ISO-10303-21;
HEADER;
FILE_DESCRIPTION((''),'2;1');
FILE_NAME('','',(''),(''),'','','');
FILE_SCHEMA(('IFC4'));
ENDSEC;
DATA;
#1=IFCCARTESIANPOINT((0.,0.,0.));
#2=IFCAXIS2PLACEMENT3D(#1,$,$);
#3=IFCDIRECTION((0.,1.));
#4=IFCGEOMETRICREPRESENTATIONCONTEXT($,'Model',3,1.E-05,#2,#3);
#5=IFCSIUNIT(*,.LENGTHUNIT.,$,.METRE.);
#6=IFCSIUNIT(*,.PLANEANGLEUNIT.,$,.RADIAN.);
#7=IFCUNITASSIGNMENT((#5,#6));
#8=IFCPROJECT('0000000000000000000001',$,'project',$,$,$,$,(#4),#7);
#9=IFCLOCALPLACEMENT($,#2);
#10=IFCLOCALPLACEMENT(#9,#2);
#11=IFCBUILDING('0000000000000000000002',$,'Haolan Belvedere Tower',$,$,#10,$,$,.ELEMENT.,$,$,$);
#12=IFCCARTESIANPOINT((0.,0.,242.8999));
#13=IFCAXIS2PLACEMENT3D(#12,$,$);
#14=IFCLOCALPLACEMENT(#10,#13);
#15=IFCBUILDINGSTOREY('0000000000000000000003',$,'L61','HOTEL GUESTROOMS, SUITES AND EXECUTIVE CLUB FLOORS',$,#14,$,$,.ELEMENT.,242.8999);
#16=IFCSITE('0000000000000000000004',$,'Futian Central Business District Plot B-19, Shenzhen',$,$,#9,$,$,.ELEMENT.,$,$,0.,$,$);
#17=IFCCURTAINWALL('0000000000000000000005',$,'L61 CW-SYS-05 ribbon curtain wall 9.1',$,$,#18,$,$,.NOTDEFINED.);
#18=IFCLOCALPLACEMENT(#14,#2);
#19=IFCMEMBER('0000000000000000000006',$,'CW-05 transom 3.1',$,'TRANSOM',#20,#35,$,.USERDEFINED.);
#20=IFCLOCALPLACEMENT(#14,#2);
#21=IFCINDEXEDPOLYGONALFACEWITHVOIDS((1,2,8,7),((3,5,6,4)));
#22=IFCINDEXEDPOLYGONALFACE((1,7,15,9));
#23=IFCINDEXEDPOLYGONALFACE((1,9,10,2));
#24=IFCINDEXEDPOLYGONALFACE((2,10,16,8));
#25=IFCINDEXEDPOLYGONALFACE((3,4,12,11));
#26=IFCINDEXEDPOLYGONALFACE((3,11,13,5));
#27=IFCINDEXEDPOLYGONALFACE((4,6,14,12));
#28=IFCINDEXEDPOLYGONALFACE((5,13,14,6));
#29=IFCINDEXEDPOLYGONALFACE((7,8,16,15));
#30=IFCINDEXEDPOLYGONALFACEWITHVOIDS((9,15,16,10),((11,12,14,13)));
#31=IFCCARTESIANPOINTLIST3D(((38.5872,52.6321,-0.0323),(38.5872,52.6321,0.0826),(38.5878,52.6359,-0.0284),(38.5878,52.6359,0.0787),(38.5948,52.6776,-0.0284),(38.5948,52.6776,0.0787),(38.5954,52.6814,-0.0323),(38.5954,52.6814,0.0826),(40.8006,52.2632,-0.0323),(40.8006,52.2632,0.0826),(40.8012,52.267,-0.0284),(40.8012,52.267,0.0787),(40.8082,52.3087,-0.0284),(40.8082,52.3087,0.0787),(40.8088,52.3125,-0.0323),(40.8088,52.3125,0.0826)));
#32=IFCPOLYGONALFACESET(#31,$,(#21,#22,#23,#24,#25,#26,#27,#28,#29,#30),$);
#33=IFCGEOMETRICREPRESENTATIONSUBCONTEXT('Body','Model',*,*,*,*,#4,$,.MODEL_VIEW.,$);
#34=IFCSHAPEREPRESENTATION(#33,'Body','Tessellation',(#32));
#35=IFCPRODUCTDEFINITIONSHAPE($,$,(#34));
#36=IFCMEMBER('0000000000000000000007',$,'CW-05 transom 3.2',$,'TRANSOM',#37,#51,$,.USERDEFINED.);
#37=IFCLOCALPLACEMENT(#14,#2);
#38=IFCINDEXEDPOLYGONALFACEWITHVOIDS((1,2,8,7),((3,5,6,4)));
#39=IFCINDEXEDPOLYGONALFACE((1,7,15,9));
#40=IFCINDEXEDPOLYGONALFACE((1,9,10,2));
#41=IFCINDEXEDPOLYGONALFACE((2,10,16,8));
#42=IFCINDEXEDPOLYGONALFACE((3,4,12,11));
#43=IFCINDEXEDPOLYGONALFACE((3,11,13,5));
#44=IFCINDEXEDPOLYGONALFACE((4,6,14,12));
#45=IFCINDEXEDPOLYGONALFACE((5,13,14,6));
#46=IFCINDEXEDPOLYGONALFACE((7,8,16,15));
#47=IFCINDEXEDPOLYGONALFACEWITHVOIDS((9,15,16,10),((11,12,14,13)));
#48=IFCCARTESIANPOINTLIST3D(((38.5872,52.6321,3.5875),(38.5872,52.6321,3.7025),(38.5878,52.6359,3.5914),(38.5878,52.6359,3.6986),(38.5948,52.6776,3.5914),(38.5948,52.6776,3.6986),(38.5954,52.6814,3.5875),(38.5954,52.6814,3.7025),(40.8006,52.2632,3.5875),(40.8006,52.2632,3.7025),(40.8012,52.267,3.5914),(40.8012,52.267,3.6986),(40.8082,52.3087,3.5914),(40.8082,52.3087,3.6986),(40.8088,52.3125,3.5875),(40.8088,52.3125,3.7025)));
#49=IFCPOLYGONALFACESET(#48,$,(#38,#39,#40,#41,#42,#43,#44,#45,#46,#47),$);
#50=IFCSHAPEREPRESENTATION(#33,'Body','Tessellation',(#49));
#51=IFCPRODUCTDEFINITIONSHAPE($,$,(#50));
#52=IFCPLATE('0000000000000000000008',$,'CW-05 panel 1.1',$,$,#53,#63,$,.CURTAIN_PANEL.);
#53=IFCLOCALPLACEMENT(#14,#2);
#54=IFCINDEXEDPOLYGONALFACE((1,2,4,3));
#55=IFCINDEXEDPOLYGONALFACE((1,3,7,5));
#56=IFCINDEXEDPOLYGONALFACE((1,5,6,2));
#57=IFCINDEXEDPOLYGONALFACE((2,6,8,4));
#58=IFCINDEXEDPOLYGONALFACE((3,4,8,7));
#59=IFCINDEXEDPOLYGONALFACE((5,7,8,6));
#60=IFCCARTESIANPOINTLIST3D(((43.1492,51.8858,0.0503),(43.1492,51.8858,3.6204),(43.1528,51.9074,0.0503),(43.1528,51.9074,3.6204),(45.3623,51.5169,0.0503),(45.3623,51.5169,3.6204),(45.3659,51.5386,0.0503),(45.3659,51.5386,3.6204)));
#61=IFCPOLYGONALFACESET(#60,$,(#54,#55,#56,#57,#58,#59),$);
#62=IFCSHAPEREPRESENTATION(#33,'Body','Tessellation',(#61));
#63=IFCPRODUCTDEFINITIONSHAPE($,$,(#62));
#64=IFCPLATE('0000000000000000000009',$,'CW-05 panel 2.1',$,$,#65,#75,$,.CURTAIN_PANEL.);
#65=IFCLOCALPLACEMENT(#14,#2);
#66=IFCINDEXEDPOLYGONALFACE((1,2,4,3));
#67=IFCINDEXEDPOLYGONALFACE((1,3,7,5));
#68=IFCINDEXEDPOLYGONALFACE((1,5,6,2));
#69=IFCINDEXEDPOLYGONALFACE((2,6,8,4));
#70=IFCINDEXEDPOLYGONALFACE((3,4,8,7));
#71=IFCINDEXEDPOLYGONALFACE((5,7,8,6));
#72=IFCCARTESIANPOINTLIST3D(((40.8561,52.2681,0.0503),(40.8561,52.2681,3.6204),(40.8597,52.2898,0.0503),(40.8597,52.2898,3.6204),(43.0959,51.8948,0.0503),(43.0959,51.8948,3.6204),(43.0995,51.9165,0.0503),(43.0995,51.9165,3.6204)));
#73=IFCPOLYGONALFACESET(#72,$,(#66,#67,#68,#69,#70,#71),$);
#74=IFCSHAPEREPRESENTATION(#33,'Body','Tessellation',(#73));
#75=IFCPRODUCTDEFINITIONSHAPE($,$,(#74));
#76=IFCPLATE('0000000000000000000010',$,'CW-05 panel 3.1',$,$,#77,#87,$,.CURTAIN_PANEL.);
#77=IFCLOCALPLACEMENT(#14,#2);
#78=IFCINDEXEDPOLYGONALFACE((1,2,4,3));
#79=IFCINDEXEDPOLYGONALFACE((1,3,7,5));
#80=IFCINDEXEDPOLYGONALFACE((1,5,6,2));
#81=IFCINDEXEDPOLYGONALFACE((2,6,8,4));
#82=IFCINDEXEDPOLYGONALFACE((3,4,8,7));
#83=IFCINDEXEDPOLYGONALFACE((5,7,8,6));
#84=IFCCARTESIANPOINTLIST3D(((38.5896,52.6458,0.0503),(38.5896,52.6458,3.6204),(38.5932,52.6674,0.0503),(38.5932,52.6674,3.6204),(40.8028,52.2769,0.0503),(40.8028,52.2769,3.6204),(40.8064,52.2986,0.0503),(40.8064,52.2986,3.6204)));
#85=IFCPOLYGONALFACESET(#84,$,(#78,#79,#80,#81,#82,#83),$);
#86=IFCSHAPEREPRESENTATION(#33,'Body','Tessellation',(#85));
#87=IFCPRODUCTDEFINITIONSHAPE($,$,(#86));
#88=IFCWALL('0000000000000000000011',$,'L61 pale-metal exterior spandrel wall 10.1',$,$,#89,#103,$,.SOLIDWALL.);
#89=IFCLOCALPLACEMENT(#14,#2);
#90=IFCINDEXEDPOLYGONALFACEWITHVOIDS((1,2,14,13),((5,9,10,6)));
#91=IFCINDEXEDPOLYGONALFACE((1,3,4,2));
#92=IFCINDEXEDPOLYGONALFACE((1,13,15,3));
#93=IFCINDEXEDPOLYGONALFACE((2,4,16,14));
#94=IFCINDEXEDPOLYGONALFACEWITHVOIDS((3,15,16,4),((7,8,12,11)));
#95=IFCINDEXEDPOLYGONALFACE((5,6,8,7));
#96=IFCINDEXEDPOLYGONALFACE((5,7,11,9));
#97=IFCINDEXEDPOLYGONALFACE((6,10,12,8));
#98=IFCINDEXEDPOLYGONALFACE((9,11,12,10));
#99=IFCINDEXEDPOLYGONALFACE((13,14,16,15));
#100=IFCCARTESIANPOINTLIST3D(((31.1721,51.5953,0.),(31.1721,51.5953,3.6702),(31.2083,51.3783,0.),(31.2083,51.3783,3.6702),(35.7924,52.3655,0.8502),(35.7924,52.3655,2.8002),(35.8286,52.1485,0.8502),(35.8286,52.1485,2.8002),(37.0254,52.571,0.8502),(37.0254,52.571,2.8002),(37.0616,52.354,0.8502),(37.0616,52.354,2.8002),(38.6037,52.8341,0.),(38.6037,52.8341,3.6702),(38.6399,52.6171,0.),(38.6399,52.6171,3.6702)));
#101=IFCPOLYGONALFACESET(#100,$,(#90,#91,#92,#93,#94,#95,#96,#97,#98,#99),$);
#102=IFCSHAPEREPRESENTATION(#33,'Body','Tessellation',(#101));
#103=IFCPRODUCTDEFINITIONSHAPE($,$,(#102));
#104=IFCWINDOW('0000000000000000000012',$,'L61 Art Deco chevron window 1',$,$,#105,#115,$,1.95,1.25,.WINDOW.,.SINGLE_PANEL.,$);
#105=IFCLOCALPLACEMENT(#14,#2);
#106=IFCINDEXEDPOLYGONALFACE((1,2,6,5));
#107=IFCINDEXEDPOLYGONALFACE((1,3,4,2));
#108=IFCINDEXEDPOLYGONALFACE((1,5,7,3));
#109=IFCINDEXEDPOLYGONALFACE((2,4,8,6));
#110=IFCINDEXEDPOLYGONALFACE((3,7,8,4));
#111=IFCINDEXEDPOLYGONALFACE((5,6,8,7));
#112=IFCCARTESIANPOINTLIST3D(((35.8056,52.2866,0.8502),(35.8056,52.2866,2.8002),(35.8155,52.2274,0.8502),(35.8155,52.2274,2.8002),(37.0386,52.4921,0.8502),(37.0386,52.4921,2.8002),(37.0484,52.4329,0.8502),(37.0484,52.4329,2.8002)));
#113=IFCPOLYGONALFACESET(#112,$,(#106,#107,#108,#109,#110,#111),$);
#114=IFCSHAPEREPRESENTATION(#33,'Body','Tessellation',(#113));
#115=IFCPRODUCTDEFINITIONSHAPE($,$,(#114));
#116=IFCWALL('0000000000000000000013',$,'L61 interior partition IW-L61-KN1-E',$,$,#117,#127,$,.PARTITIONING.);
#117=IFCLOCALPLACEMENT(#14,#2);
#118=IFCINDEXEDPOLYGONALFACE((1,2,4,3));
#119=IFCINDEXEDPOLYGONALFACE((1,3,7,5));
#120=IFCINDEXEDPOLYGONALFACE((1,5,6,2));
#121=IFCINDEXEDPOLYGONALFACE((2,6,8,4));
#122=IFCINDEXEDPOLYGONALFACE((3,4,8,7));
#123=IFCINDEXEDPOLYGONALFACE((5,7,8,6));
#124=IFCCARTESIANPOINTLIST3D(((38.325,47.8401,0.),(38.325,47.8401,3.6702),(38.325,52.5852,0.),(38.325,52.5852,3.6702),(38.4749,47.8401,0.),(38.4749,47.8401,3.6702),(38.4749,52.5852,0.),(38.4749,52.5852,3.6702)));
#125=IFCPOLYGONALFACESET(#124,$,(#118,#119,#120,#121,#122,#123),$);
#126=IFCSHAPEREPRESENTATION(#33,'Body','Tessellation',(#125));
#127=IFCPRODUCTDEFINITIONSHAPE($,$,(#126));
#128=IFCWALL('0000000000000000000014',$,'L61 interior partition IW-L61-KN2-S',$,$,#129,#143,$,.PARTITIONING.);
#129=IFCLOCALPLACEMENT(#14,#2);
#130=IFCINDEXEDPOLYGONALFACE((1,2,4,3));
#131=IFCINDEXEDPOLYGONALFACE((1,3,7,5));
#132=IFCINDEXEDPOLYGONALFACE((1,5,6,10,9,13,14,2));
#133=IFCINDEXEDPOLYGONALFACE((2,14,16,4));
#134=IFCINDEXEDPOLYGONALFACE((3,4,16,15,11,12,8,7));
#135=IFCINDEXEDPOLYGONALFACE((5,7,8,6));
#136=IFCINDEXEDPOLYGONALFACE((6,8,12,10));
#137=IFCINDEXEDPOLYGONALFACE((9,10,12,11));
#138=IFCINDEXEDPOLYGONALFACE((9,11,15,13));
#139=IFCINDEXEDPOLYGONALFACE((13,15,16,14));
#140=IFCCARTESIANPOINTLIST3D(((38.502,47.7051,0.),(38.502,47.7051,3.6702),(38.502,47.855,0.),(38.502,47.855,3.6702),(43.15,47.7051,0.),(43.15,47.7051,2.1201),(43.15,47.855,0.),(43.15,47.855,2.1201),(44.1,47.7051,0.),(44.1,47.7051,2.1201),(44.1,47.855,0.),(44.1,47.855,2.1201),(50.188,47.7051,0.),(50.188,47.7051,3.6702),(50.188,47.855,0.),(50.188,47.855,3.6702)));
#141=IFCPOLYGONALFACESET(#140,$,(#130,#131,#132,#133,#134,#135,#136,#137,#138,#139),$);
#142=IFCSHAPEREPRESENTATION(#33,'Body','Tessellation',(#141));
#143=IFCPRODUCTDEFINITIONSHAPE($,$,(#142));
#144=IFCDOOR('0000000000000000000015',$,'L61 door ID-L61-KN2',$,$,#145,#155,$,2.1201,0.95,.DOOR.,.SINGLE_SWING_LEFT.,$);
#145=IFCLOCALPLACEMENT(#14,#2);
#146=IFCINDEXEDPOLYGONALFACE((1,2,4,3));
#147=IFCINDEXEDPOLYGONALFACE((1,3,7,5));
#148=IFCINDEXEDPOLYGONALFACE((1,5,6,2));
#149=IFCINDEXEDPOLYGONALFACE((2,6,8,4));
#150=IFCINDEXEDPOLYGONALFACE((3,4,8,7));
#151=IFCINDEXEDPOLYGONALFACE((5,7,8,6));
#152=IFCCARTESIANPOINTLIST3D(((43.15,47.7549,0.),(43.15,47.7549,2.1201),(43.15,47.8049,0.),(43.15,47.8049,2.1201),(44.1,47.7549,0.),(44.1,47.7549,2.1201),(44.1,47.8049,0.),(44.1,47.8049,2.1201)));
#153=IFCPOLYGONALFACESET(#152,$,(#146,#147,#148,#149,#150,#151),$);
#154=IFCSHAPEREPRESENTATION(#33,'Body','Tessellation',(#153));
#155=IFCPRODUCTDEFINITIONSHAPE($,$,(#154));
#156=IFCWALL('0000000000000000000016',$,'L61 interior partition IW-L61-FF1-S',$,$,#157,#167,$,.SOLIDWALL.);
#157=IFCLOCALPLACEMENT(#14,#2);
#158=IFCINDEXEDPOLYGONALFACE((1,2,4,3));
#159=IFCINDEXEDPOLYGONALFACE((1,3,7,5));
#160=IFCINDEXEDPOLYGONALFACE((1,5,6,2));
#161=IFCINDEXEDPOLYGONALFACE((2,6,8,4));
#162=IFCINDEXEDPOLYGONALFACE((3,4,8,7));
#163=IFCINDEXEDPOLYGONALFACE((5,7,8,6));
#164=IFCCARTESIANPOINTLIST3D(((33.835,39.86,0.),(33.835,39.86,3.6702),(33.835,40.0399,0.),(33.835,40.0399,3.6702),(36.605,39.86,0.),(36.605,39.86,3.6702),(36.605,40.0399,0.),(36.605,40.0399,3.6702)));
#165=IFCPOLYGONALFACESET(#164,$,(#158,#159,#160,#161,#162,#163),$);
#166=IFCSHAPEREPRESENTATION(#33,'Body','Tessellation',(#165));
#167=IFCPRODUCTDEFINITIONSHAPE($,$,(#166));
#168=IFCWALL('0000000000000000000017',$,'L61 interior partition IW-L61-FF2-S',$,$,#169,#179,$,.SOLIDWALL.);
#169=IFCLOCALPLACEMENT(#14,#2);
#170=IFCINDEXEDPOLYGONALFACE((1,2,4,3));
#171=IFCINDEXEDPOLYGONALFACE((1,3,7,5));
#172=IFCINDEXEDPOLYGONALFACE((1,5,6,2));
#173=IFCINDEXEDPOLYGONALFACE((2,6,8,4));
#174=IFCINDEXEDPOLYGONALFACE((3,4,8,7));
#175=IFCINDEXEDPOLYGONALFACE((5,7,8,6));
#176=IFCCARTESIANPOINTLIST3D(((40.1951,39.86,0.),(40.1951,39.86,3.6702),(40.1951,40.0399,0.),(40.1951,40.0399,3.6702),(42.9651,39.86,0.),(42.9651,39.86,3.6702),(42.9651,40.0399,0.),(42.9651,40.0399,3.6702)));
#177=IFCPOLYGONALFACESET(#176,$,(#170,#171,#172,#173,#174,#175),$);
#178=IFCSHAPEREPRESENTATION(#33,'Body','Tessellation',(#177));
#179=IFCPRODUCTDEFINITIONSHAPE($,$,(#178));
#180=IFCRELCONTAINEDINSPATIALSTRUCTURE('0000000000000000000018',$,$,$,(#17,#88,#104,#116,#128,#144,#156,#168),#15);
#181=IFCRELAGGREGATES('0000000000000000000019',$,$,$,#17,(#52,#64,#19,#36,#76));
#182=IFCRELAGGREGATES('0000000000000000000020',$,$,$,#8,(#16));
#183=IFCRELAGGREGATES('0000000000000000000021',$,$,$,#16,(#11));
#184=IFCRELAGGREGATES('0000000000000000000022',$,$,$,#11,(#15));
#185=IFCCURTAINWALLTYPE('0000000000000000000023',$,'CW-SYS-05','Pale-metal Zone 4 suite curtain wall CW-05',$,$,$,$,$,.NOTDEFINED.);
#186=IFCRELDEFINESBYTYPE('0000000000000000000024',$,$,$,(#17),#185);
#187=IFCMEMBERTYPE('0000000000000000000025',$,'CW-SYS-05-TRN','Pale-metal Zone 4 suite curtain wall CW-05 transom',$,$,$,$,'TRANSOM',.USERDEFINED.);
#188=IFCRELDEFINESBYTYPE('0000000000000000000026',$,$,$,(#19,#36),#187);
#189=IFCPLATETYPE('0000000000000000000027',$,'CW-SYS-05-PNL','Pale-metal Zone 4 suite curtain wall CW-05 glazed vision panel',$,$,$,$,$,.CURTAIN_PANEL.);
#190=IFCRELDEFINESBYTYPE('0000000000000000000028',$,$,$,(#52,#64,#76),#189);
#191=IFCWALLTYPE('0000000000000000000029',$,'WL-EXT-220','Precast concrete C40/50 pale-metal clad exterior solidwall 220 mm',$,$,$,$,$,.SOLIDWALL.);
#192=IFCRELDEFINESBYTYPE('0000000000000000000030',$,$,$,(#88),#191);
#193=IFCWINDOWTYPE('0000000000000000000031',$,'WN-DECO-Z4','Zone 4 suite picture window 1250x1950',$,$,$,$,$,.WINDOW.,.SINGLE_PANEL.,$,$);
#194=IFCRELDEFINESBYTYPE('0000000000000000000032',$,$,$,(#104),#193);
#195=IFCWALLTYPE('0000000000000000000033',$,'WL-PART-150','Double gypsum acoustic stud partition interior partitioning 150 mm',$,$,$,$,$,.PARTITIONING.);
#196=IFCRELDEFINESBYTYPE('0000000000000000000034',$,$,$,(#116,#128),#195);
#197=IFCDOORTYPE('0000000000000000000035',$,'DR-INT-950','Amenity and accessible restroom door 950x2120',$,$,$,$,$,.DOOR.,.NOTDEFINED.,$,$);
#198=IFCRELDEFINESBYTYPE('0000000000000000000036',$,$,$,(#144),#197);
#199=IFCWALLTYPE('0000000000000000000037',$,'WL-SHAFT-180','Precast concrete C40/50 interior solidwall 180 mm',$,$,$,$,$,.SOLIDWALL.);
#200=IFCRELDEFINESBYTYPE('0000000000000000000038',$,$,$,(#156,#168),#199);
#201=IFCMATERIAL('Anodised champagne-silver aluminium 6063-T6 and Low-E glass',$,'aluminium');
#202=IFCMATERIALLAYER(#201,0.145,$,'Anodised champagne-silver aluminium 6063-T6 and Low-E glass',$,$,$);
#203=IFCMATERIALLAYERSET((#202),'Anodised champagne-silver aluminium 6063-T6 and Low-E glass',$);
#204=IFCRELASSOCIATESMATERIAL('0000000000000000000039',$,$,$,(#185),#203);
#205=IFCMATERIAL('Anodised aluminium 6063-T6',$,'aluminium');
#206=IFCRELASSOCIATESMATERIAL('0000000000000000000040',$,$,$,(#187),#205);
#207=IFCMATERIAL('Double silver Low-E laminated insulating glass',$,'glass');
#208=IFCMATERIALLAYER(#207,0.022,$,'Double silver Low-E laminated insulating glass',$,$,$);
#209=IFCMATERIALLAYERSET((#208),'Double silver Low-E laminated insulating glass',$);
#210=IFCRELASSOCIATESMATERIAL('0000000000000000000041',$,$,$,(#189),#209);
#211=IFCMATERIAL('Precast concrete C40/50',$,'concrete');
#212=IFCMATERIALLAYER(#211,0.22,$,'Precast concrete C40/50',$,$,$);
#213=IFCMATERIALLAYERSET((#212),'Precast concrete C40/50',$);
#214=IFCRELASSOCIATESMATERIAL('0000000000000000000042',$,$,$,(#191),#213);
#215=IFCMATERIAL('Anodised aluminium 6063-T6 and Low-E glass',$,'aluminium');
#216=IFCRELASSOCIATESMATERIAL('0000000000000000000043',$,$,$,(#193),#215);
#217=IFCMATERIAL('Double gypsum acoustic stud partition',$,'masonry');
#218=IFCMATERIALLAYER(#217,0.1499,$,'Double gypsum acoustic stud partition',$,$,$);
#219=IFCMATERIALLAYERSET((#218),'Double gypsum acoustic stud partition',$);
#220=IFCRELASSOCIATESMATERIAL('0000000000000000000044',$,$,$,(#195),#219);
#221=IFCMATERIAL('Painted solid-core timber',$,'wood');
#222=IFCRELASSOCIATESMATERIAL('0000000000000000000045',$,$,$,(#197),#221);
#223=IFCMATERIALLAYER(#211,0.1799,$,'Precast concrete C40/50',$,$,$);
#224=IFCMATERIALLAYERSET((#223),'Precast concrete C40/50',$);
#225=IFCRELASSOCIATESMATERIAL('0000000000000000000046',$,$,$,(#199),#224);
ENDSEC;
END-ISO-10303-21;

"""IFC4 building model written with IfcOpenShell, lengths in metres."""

from ifc_helpers import new_model, si_unit, direction, frame, frame_2d, origin, origin_2d, place, context, subcontext, project, spatial, rectangle, hollow_rectangle, extrude, material, layer, layer_set, material_profile, profile_set, type_object, element, fill, aggregate, save


model = new_model("IFC4")

# Units and contexts
model_context = context("Model", 3, precision=1e-05, world=origin(), true_north=direction((0.0, 1.0)))
body_context = subcontext(model_context, "Body", "Model", "MODEL_VIEW")
ifc_project = project(units=[si_unit("LENGTHUNIT", "METRE"), si_unit("PLANEANGLEUNIT", "RADIAN")], contexts=[model_context])

# Site, building, storey
site_placement = place(None, origin())
site = spatial("IfcSite", under=ifc_project, at=site_placement, Name="Futian Central Business District Plot B-19, Shenzhen", CompositionType="ELEMENT", RefElevation=0.0)
building_placement = place(site_placement, origin())
building = spatial("IfcBuilding", under=site, at=building_placement, Name="Haolan Belvedere Tower", CompositionType="ELEMENT")
storey_placement = place(building_placement, frame((0.0, 0.0, 242.8999)))
storey = spatial("IfcBuildingStorey", under=building, at=storey_placement, Name="L61", Description="HOTEL GUESTROOMS, SUITES AND EXECUTIVE CLUB FLOORS", CompositionType="ELEMENT", Elevation=242.8999)

# Curtain wall, members, plates
ifc_material_1 = material(Name="Anodised champagne-silver aluminium 6063-T6 and Low-E glass", Category="aluminium")
ifc_layer_1 = layer(ifc_material_1, 0.145, Name="Anodised champagne-silver aluminium 6063-T6 and Low-E glass")
ifc_layer_set_1 = layer_set([ifc_layer_1], Name="Anodised champagne-silver aluminium 6063-T6 and Low-E glass")
curtain_wall_type = type_object("IfcCurtainWallType", Name="CW-SYS-05", Description="Pale-metal Zone 4 suite curtain wall CW-05", PredefinedType="NOTDEFINED", material=ifc_layer_set_1)
curtain_wall_placement = place(storey_placement, origin())
curtain_wall = element("IfcCurtainWall", 1, at=curtain_wall_placement, inside=storey, type_object=curtain_wall_type, Name="L61 CW-SYS-05 ribbon curtain wall 9.1", PredefinedType="NOTDEFINED")
ifc_material_2 = material(Name="Anodised aluminium 6063-T6", Category="aluminium")
ifc_material_profile_1 = material_profile(ifc_material_2, hollow_rectangle(XDim=0.05, YDim=0.115, WallThickness=0.0039, at=origin_2d()), Name="Anodised aluminium 6063-T6")
ifc_profile_set_1 = profile_set([ifc_material_profile_1], Name="Anodised aluminium 6063-T6")
member_type_1 = type_object("IfcMemberType", Name="CW-SYS-05-TRN", Description="Pale-metal Zone 4 suite curtain wall CW-05 transom", ElementType="TRANSOM", PredefinedType="USERDEFINED", material=ifc_profile_set_1)
member_1_placement = place(storey_placement, frame((40.8047, 52.2878, 0.0251), z_axis=(-0.986394, 0.164399, 0.0), x_axis=(-0.164399, -0.986394, 0.0)))
member_1 = element("IfcMember", 2, at=member_1_placement, type_object=member_type_1, Name="CW-05 transom 3.1", ObjectType="TRANSOM", PredefinedType="USERDEFINED", context=body_context, shape_type="SweptSolid", body=[
    extrude(hollow_rectangle(XDim=0.05, YDim=0.115, WallThickness=0.0039, at=origin_2d()), origin(), (0.0, 0.0, 1.0), 2.2439),
])
member_2_placement = place(storey_placement, frame((40.8047, 52.2878, 3.645), z_axis=(-0.986394, 0.164399, 0.0), x_axis=(-0.164399, -0.986394, 0.0)))
member_2 = element("IfcMember", 3, at=member_2_placement, type_object=member_type_1, Name="CW-05 transom 3.2", ObjectType="TRANSOM", PredefinedType="USERDEFINED", context=body_context, shape_type="SweptSolid", body=[
    extrude(hollow_rectangle(XDim=0.05, YDim=0.115, WallThickness=0.0039, at=origin_2d()), origin(), (0.0, 0.0, 1.0), 2.2439),
])
ifc_material_3 = material(Name="Double silver Low-E laminated insulating glass", Category="glass")
ifc_layer_2 = layer(ifc_material_3, 0.022, Name="Double silver Low-E laminated insulating glass")
ifc_layer_set_2 = layer_set([ifc_layer_2], Name="Double silver Low-E laminated insulating glass")
plate_type = type_object("IfcPlateType", Name="CW-SYS-05-PNL", Description="Pale-metal Zone 4 suite curtain wall CW-05 glazed vision panel", PredefinedType="CURTAIN_PANEL", material=ifc_layer_set_2)
plate_1_placement = place(storey_placement, frame((44.2576, 51.7122, 0.0503), z_axis=(0.0, 0.0, 1.0), x_axis=(-0.986393, 0.164406, 0.0)))
plate_1 = element("IfcPlate", 4, at=plate_1_placement, type_object=plate_type, Name="CW-05 panel 1.1", PredefinedType="CURTAIN_PANEL", context=body_context, shape_type="SweptSolid", body=[
    extrude(rectangle(XDim=2.2437, YDim=0.022, at=origin_2d()), origin(), (0.0, 0.0, 1.0), 3.5701),
])
plate_2_placement = place(storey_placement, frame((41.9778, 52.0923, 0.0503), z_axis=(0.0, 0.0, 1.0), x_axis=(-0.986393, 0.164406, 0.0)))
plate_2 = element("IfcPlate", 5, at=plate_2_placement, type_object=plate_type, Name="CW-05 panel 2.1", PredefinedType="CURTAIN_PANEL", context=body_context, shape_type="SweptSolid", body=[
    extrude(rectangle(XDim=2.2708, YDim=0.022, at=origin_2d()), origin(), (0.0, 0.0, 1.0), 3.5701),
])
plate_3_placement = place(storey_placement, frame((39.698, 52.4722, 0.0503), z_axis=(0.0, 0.0, 1.0), x_axis=(-0.986393, 0.164406, 0.0)))
plate_3 = element("IfcPlate", 6, at=plate_3_placement, type_object=plate_type, Name="CW-05 panel 3.1", PredefinedType="CURTAIN_PANEL", context=body_context, shape_type="SweptSolid", body=[
    extrude(rectangle(XDim=2.2437, YDim=0.022, at=origin_2d()), origin(), (0.0, 0.0, 1.0), 3.5701),
])
aggregate(curtain_wall, [plate_1, plate_2, member_1, member_2, plate_3])

# Wall, opening, window
ifc_material_4 = material(Name="Precast concrete C40/50", Category="concrete")
ifc_layer_3 = layer(ifc_material_4, 0.22, Name="Precast concrete C40/50")
ifc_layer_set_3 = layer_set([ifc_layer_3], Name="Precast concrete C40/50")
wall_type_1 = type_object("IfcWallType", Name="WL-EXT-220", Description="Precast concrete C40/50 pale-metal clad exterior solidwall 220 mm", PredefinedType="SOLIDWALL", material=ifc_layer_set_3)
wall_1_placement = place(storey_placement, frame((38.6218, 52.7256, 0.0), z_axis=(0.0, 0.0, 1.0), x_axis=(-0.98639, -0.16442, 0.0)))
wall_1 = element("IfcWall", 7, at=wall_1_placement, inside=storey, type_object=wall_type_1, Name="L61 pale-metal exterior spandrel wall 10.1", PredefinedType="SOLIDWALL", context=body_context, shape_type="SweptSolid", body=[
    extrude(rectangle(XDim=7.5342, YDim=0.22, at=frame_2d((3.7671, 0.0))), origin(), (0.0, 0.0, 1.0), 3.6702),
])
opening_1_placement = place(wall_1_placement, frame((1.6001, 0.0, 0.8501)))
opening_1 = element("IfcOpeningElement", 8, at=opening_1_placement, cuts=wall_1, PredefinedType="OPENING", context=body_context, shape_type="SweptSolid", body=[
    extrude(rectangle(XDim=1.25, YDim=1.95, at=frame_2d((0.625, 0.9751))), frame((0.0, 0.1199, 0.0), z_axis=(0.0, -1.0, 0.0), x_axis=(1.0, 0.0, 0.0)), (0.0, 0.0, 1.0), 0.24),
])
ifc_material_5 = material(Name="Anodised aluminium 6063-T6 and Low-E glass", Category="aluminium")
window_type = type_object("IfcWindowType", Name="WN-DECO-Z4", Description="Zone 4 suite picture window 1250x1950", PartitioningType="SINGLE_PANEL", PredefinedType="WINDOW", material=ifc_material_5)
window_placement = place(opening_1_placement, origin())
window = element("IfcWindow", 9, at=window_placement, inside=storey, type_object=window_type, Name="L61 Art Deco chevron window 1", OverallHeight=1.95, OverallWidth=1.25, PartitioningType="SINGLE_PANEL", PredefinedType="WINDOW", context=body_context, shape_type="SweptSolid", body=[
    extrude(rectangle(XDim=1.25, YDim=1.95, at=frame_2d((0.625, 0.9751))), frame((0.0, 0.03, 0.0), z_axis=(0.0, -1.0, 0.0), x_axis=(1.0, 0.0, 0.0)), (0.0, 0.0, 1.0), 0.0601),
])
fill(opening_1, window)

# Wall
ifc_material_6 = material(Name="Double gypsum acoustic stud partition", Category="masonry")
ifc_layer_4 = layer(ifc_material_6, 0.1499, Name="Double gypsum acoustic stud partition")
ifc_layer_set_4 = layer_set([ifc_layer_4], Name="Double gypsum acoustic stud partition")
wall_type_2 = type_object("IfcWallType", Name="WL-PART-150", Description="Double gypsum acoustic stud partition interior partitioning 150 mm", PredefinedType="PARTITIONING", material=ifc_layer_set_4)
wall_2_placement = place(storey_placement, frame((38.3999, 47.8401, 0.0), z_axis=(0.0, 0.0, 1.0), x_axis=(0.0, 1.0, 0.0)))
element("IfcWall", 10, at=wall_2_placement, inside=storey, type_object=wall_type_2, Name="L61 interior partition IW-L61-KN1-E", PredefinedType="PARTITIONING", context=body_context, shape_type="SweptSolid", body=[
    extrude(rectangle(XDim=4.7451, YDim=0.1499, at=frame_2d((2.3726, 0.0))), origin(), (0.0, 0.0, 1.0), 3.6702),
])

# Wall, opening, door
wall_3_placement = place(storey_placement, frame((38.502, 47.78, 0.0), z_axis=(0.0, 0.0, 1.0), x_axis=(1.0, 0.0, 0.0)))
wall_3 = element("IfcWall", 11, at=wall_3_placement, inside=storey, type_object=wall_type_2, Name="L61 interior partition IW-L61-KN2-S", PredefinedType="PARTITIONING", context=body_context, shape_type="SweptSolid", body=[
    extrude(rectangle(XDim=11.686, YDim=0.1499, at=frame_2d((5.843, 0.0))), origin(), (0.0, 0.0, 1.0), 3.6702),
])
opening_2_placement = place(wall_3_placement, frame((4.6479, 0.0, 0.0)))
opening_2 = element("IfcOpeningElement", 12, at=opening_2_placement, cuts=wall_3, PredefinedType="OPENING", context=body_context, shape_type="SweptSolid", body=[
    extrude(rectangle(XDim=0.95, YDim=2.1201, at=frame_2d((0.4751, 1.0601))), frame((0.0, 0.085, 0.0), z_axis=(0.0, -1.0, 0.0), x_axis=(1.0, 0.0, 0.0)), (0.0, 0.0, 1.0), 0.1699),
])
ifc_material_7 = material(Name="Painted solid-core timber", Category="wood")
door_type_1 = type_object("IfcDoorType", Name="DR-INT-950", Description="Amenity and accessible restroom door 950x2120", OperationType="NOTDEFINED", PredefinedType="DOOR", material=ifc_material_7)
door_1_placement = place(opening_2_placement, origin())
door_1 = element("IfcDoor", 13, at=door_1_placement, inside=storey, type_object=door_type_1, Name="L61 door ID-L61-KN2", OperationType="SINGLE_SWING_LEFT", OverallHeight=2.1201, OverallWidth=0.95, PredefinedType="DOOR", context=body_context, shape_type="SweptSolid", body=[
    extrude(rectangle(XDim=0.95, YDim=2.1201, at=frame_2d((0.4751, 1.0601))), frame((0.0, 0.0249, 0.0), z_axis=(0.0, -1.0, 0.0), x_axis=(1.0, 0.0, 0.0)), (0.0, 0.0, 1.0), 0.05),
])
fill(opening_2, door_1)

# Walls
ifc_layer_5 = layer(ifc_material_4, 0.1799, Name="Precast concrete C40/50")
ifc_layer_set_5 = layer_set([ifc_layer_5], Name="Precast concrete C40/50")
wall_type_3 = type_object("IfcWallType", Name="WL-SHAFT-180", Description="Precast concrete C40/50 interior solidwall 180 mm", PredefinedType="SOLIDWALL", material=ifc_layer_set_5)
for number, where, z_axis, x_axis, name in (
    (14, (33.835, 39.95, 0.0), (0.0, 0.0, 1.0), (1.0, 0.0, 0.0), "L61 interior partition IW-L61-FF1-S"),
    (15, (40.1951, 39.95, 0.0), (0.0, 0.0, 1.0), (1.0, 0.0, 0.0), "L61 interior partition IW-L61-FF2-S"),
):
    element("IfcWall", number, at=place(storey_placement, frame(where, z_axis=z_axis, x_axis=x_axis)), inside=storey, type_object=wall_type_3, Name=name, PredefinedType="SOLIDWALL", context=body_context, shape_type="SweptSolid", body=[
        extrude(rectangle(XDim=2.77, YDim=0.1799, at=frame_2d((1.385, 0.0))), origin(), (0.0, 0.0, 1.0), 3.6702),
    ])

save(model, "model.ifc")
